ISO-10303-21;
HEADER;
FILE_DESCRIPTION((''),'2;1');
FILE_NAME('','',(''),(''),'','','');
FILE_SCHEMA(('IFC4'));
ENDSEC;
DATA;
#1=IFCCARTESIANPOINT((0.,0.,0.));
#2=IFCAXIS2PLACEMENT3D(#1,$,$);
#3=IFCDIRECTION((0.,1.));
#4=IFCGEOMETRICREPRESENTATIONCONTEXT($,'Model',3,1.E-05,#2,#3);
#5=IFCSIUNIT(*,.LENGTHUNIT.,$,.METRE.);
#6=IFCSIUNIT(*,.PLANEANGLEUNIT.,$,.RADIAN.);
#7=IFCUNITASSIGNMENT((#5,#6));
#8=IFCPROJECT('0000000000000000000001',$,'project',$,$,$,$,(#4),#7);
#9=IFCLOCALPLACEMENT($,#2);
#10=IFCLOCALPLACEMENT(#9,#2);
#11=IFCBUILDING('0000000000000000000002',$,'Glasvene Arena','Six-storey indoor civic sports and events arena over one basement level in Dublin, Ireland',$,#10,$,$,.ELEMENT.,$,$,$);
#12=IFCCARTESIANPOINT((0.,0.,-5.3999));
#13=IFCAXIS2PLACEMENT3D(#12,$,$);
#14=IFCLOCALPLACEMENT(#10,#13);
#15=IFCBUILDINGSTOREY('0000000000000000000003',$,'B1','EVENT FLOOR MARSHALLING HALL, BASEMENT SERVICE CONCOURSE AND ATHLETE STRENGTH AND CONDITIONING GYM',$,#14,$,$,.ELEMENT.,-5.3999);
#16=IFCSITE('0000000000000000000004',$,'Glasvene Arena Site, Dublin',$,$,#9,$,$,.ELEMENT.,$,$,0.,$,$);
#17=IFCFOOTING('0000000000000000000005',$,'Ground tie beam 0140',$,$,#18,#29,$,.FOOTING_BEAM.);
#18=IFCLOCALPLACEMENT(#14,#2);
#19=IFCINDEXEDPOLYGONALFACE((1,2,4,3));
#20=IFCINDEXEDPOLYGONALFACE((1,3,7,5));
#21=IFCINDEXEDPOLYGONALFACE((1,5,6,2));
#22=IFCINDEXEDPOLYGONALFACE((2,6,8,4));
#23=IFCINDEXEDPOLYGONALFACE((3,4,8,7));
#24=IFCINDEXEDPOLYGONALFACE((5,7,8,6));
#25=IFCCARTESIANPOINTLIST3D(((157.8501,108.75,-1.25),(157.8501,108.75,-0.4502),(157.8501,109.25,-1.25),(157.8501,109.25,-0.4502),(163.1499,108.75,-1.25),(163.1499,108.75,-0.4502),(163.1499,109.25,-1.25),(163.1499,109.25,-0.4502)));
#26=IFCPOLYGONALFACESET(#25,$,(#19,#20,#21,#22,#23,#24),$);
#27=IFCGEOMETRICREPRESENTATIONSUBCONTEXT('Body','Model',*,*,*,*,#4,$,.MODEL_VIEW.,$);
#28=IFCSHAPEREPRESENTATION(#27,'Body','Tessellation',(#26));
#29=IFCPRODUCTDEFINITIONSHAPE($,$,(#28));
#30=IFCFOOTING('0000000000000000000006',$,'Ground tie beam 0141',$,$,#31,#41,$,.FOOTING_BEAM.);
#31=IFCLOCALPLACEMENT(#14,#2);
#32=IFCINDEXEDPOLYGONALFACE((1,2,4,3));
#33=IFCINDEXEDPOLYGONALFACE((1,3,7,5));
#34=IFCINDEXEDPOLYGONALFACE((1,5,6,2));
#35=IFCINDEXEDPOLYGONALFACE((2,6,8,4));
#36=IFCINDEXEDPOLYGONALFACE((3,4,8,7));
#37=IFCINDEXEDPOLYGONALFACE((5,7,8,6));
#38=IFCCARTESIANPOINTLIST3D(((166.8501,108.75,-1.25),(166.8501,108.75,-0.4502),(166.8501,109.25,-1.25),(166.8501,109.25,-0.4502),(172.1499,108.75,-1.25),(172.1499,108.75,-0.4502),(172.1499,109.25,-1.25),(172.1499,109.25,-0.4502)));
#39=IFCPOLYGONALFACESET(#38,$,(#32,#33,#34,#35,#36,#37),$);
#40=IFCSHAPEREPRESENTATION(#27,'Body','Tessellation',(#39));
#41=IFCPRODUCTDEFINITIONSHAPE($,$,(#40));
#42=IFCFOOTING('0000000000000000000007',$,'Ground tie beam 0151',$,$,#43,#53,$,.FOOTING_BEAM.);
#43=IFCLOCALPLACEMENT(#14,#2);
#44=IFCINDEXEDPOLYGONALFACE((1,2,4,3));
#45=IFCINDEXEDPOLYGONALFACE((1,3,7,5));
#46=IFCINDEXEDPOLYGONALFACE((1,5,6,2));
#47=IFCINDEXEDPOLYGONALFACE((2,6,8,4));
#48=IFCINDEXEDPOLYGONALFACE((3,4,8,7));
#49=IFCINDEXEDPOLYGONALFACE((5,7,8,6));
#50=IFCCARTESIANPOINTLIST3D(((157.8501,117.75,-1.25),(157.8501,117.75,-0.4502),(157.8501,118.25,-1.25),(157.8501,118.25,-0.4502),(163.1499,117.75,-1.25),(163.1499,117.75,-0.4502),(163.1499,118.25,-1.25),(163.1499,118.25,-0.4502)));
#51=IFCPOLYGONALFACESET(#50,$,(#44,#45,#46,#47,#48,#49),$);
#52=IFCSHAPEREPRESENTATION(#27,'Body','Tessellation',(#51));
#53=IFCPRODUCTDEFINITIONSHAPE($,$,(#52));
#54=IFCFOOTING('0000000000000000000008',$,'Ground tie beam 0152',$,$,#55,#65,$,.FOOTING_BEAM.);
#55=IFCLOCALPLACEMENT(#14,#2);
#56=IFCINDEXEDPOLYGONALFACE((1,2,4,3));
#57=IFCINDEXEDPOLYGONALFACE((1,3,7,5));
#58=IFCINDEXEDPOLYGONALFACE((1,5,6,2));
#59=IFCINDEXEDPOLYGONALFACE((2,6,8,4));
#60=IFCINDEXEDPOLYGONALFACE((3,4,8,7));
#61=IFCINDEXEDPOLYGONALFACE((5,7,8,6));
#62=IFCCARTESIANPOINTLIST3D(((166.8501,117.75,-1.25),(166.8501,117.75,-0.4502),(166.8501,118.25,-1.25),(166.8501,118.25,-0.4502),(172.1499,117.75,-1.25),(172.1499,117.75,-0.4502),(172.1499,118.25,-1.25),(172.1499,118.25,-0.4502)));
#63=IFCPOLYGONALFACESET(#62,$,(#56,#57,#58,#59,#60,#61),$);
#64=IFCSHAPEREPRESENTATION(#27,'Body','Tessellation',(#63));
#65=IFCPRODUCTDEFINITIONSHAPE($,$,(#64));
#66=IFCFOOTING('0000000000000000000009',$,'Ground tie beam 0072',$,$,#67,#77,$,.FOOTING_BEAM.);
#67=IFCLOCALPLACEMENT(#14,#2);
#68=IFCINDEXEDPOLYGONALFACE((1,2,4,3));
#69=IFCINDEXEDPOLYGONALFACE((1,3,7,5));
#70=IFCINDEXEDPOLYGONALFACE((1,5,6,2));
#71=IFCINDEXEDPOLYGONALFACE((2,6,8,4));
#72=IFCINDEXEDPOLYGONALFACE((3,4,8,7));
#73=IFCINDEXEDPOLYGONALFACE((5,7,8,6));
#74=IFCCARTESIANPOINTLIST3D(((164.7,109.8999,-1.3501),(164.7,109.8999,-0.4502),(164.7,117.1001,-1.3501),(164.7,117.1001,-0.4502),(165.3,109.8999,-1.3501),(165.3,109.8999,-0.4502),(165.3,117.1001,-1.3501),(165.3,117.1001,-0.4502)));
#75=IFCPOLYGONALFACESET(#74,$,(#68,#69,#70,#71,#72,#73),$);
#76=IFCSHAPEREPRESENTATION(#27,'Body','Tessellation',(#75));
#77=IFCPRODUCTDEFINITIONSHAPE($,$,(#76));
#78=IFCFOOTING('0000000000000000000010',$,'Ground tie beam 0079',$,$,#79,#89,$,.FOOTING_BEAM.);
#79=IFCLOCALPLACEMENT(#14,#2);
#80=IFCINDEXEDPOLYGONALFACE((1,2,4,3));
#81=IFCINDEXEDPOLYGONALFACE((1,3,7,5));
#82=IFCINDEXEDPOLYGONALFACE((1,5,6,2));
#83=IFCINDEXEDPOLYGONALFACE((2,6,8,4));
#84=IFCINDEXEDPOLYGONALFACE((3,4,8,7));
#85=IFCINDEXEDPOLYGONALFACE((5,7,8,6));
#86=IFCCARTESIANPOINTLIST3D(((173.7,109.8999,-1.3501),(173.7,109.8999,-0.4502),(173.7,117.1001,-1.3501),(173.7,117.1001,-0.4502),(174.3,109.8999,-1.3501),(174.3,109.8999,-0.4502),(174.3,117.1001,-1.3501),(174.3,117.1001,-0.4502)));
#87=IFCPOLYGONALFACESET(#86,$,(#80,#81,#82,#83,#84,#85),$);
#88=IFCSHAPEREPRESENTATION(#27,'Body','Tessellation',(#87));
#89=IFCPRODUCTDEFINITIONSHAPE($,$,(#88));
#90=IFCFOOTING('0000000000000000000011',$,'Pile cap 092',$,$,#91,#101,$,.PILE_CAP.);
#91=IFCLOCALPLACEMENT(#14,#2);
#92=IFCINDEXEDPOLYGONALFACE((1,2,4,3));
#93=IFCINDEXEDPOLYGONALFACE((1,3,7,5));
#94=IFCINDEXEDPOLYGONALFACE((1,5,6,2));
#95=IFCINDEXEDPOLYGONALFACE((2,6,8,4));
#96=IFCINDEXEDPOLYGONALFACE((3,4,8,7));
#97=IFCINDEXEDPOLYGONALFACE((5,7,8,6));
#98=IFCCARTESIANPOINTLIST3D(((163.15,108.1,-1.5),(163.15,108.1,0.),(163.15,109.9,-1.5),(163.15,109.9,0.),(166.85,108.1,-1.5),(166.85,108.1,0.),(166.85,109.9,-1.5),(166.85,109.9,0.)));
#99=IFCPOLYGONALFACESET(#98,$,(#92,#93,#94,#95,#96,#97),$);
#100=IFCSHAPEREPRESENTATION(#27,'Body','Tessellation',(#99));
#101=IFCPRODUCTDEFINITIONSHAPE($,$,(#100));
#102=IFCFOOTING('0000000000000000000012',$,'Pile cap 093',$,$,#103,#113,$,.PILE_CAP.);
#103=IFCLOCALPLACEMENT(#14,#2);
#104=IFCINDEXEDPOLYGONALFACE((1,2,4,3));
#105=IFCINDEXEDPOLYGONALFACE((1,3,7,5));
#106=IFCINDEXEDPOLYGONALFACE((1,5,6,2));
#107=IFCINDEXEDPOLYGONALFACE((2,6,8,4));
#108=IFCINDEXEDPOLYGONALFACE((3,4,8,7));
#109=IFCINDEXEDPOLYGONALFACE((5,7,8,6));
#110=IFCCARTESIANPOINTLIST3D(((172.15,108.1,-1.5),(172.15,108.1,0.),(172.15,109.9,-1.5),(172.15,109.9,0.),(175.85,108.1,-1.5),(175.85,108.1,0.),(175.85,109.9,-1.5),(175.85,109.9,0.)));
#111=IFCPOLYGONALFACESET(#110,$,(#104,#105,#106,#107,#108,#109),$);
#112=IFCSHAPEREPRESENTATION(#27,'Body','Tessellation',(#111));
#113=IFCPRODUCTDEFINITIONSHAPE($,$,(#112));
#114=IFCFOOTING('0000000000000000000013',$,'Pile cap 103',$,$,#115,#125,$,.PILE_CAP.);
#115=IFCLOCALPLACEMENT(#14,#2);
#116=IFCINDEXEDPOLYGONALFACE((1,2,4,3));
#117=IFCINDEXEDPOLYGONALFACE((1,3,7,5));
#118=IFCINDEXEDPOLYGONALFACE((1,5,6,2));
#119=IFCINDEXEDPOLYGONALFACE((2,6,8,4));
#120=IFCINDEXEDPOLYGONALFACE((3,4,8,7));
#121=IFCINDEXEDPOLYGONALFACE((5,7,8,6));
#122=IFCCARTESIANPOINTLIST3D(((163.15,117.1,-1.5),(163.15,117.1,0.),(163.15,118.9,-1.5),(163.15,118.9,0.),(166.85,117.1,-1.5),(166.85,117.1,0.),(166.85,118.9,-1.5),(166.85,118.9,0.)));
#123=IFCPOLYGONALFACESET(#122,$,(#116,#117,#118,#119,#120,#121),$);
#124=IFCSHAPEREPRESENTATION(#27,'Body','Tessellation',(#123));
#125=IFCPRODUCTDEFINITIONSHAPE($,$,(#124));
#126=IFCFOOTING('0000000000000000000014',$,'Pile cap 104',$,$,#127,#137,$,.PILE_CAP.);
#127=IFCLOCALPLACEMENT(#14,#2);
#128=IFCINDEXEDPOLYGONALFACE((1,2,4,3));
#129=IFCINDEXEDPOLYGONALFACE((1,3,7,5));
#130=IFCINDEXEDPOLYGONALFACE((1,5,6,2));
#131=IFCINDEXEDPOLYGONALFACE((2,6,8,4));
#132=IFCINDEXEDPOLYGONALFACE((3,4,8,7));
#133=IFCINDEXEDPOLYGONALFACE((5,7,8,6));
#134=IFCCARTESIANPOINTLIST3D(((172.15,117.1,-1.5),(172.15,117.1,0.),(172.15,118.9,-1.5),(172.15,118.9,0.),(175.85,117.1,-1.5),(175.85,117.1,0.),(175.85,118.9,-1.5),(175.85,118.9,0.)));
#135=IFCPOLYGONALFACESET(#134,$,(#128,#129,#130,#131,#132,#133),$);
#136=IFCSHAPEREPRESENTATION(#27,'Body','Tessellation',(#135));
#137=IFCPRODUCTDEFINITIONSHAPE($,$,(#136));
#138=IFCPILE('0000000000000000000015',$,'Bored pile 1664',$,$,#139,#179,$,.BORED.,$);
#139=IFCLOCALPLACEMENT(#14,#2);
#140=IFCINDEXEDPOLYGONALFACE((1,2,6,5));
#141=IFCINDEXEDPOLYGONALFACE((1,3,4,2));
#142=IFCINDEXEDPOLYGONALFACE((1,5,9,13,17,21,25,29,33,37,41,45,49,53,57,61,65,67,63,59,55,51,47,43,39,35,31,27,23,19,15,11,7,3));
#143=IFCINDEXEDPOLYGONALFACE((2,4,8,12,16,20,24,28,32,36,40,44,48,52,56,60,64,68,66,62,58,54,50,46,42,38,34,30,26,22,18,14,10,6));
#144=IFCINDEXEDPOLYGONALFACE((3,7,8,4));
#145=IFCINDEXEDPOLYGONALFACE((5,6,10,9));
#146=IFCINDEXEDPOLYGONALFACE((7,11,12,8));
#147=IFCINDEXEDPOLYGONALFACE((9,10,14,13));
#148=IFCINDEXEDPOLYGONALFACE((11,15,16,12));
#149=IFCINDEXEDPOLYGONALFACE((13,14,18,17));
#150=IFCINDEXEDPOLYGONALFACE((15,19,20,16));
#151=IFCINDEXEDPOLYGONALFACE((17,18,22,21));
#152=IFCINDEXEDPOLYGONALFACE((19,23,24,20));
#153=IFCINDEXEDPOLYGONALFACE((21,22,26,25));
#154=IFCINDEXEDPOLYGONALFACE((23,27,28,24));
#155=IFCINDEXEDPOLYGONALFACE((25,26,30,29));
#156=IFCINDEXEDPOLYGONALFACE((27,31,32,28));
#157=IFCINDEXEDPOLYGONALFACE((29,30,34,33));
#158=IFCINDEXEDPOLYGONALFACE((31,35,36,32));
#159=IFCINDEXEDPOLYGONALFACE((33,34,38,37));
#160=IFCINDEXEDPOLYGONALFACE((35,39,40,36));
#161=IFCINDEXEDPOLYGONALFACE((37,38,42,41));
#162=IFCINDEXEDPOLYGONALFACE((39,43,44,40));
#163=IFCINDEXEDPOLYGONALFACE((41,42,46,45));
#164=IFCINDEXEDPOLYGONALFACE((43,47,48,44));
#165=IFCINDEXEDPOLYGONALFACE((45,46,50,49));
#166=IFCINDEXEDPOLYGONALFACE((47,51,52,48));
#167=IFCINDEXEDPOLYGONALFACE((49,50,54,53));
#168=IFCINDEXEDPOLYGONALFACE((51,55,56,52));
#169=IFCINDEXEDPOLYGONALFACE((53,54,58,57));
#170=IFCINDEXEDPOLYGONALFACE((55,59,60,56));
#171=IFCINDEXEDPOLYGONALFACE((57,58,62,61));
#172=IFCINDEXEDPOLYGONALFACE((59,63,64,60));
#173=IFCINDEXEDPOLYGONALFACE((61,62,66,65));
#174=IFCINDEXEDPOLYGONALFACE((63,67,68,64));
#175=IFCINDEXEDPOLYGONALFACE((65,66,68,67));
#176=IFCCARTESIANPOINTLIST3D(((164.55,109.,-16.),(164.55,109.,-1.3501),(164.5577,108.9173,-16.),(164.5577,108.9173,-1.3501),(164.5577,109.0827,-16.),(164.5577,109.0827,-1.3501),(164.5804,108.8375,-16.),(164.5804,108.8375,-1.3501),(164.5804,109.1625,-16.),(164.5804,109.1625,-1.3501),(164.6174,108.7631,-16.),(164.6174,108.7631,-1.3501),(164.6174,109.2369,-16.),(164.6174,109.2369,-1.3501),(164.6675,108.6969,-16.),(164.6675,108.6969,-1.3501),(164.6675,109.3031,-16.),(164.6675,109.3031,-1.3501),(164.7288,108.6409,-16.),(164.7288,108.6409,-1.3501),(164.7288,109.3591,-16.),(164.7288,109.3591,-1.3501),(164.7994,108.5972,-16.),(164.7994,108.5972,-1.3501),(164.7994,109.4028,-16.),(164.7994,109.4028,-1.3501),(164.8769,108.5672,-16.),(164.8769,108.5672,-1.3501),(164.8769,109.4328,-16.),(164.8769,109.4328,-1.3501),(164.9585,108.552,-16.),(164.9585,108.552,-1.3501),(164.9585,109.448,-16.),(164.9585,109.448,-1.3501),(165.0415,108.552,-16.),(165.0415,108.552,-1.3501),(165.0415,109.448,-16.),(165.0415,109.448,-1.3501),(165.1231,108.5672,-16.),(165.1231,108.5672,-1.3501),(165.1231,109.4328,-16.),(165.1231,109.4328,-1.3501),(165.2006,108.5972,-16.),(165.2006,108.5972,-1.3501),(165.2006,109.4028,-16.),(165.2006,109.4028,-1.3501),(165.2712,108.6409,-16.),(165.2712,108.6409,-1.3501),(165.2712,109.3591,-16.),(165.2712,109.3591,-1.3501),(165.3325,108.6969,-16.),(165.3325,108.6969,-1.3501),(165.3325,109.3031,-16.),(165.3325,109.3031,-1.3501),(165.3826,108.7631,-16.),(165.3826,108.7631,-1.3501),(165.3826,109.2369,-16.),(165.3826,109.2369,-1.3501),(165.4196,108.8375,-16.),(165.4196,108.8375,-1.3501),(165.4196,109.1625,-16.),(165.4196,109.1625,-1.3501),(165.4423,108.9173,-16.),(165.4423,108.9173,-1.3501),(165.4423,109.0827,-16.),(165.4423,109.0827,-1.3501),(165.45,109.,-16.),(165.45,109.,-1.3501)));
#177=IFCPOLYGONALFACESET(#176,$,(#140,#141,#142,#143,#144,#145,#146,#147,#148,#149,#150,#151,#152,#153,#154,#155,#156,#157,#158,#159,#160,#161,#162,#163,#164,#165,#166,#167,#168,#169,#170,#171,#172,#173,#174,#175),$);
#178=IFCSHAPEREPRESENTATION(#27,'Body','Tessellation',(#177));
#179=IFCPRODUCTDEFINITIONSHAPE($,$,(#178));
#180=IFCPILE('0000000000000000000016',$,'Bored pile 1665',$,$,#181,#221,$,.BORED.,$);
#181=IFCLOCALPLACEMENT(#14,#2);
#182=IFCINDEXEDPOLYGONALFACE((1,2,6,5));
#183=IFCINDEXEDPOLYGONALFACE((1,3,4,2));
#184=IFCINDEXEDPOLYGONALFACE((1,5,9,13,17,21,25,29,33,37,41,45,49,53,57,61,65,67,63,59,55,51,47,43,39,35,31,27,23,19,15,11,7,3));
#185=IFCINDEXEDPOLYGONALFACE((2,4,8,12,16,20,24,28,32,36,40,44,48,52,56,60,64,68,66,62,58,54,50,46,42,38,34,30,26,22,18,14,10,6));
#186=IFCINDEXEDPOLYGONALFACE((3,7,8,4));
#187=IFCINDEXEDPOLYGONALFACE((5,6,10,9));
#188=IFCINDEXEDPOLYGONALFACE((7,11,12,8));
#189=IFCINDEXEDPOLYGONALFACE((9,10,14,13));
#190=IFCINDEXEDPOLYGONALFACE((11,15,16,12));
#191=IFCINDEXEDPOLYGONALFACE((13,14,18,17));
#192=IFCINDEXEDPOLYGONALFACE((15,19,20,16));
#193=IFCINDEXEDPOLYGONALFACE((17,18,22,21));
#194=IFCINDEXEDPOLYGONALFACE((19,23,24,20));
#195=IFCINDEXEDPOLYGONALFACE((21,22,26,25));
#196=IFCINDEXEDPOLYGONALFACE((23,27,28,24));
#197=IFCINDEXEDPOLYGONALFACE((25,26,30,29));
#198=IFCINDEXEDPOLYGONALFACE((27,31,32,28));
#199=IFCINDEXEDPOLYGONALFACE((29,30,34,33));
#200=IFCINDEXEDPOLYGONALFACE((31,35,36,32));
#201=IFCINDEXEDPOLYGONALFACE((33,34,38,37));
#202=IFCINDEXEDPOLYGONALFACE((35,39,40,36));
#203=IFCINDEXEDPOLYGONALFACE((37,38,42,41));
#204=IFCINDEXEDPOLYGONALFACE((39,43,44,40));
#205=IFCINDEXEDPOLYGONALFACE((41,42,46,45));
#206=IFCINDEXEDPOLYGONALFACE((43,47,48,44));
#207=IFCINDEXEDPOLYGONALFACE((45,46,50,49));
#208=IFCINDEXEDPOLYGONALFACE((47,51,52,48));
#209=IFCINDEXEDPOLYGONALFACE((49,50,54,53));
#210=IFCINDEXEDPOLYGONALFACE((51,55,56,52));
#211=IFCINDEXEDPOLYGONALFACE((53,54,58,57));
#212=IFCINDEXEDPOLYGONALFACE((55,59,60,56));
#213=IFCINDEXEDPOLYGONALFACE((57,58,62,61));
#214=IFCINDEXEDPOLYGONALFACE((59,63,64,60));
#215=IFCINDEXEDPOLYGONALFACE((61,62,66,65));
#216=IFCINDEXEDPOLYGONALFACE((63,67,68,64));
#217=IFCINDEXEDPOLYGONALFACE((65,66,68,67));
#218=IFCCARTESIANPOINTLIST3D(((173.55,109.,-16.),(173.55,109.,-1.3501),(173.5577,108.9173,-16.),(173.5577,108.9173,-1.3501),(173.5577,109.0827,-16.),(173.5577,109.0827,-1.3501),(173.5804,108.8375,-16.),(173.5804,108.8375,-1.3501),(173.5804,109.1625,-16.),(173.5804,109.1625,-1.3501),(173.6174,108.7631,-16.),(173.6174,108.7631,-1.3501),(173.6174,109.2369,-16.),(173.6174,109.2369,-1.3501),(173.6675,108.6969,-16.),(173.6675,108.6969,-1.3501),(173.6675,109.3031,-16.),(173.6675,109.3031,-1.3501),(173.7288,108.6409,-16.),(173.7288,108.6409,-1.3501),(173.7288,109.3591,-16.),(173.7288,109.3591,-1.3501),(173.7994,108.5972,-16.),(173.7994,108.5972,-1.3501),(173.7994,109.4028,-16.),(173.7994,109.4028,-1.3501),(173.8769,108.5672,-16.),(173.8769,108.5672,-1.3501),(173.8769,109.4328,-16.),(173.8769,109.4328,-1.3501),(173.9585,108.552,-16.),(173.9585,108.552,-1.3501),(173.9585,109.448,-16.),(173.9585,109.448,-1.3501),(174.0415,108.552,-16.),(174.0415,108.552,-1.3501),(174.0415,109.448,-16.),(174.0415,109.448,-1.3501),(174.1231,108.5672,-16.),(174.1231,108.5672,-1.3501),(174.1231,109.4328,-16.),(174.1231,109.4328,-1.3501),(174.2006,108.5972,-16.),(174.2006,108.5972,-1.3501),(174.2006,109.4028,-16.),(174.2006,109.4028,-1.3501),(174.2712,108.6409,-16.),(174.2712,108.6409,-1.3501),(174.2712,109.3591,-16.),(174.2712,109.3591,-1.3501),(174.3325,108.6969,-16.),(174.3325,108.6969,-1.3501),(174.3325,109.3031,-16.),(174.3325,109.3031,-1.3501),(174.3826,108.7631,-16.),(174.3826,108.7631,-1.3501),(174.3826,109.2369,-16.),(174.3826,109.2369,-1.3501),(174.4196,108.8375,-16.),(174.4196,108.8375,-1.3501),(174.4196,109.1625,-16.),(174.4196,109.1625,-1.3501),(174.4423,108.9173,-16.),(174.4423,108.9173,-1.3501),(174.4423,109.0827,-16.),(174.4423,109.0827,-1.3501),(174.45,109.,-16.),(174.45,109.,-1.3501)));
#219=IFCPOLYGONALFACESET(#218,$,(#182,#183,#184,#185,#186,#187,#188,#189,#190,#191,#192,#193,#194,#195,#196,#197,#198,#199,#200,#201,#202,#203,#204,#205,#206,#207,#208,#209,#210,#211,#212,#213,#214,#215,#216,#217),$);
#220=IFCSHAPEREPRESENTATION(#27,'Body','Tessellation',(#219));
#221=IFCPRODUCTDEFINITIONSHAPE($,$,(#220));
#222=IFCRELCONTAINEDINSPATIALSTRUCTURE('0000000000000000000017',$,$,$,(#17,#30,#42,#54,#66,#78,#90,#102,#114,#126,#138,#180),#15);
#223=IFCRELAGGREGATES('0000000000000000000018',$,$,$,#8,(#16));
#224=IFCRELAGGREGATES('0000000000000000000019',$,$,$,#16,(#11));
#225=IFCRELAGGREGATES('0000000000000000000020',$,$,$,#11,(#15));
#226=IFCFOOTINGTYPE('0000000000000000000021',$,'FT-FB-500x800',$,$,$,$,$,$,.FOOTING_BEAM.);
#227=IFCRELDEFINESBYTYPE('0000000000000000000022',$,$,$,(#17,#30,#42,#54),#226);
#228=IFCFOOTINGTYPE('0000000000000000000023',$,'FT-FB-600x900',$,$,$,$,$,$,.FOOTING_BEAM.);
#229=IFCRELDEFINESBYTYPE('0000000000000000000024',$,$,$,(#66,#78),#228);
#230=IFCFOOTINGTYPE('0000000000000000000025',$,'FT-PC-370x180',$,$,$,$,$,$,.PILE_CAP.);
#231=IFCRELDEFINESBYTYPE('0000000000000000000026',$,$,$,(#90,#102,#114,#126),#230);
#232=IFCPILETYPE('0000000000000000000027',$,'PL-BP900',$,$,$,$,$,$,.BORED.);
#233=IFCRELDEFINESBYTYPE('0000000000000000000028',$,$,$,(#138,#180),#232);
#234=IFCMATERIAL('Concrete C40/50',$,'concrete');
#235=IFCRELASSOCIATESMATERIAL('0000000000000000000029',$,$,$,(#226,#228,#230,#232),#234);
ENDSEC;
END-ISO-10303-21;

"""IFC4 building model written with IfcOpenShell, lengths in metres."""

from ifc_helpers import new_model, si_unit, direction, frame, origin, origin_2d, place, context, subcontext, project, spatial, polyline, rectangle, circle, outline, extrude, material, material_profile, profile_set, type_object, element, save


model = new_model("IFC4")

# Units and contexts
model_context = context("Model", 3, precision=1e-05, world=origin(), true_north=direction((0.0, 1.0)))
body_context = subcontext(model_context, "Body", "Model", "MODEL_VIEW")
ifc_project = project(units=[si_unit("LENGTHUNIT", "METRE"), si_unit("PLANEANGLEUNIT", "RADIAN")], contexts=[model_context])

# Site, building, storey
site_placement = place(None, origin())
site = spatial("IfcSite", under=ifc_project, at=site_placement, Name="Glasvene Arena Site, Dublin", CompositionType="ELEMENT", RefElevation=0.0)
building_placement = place(site_placement, origin())
building = spatial("IfcBuilding", under=site, at=building_placement, Name="Glasvene Arena", Description="Six-storey indoor civic sports and events arena over one basement level in Dublin, Ireland", CompositionType="ELEMENT")
storey_placement = place(building_placement, frame((0.0, 0.0, -5.3999)))
storey = spatial("IfcBuildingStorey", under=building, at=storey_placement, Name="B1", Description="EVENT FLOOR MARSHALLING HALL, BASEMENT SERVICE CONCOURSE AND ATHLETE STRENGTH AND CONDITIONING GYM", CompositionType="ELEMENT", Elevation=-5.3999)

# Footings
ifc_material_1 = material(Name="Concrete C40/50", Category="concrete")
footing_type_1 = type_object("IfcFootingType", Name="FT-FB-500x800", PredefinedType="FOOTING_BEAM", material=ifc_material_1)
for number, where, name in (
    (1, (160.5, 109.0, -1.25), "Ground tie beam 0140"),
    (2, (169.5, 109.0, -1.25), "Ground tie beam 0141"),
    (3, (160.5, 118.0, -1.25), "Ground tie beam 0151"),
    (4, (169.5, 118.0, -1.25), "Ground tie beam 0152"),
):
    element("IfcFooting", number, at=place(storey_placement, frame(where)), inside=storey, type_object=footing_type_1, Name=name, PredefinedType="FOOTING_BEAM", context=body_context, shape_type="SweptSolid", body=[
        extrude(outline(polyline([(-2.6499, -0.25), (2.6499, -0.25), (2.6499, 0.25), (-2.6499, 0.25), (-2.6499, -0.25)])), origin(), (0.0, 0.0, 1.0), 0.7998),
    ])
footing_type_2 = type_object("IfcFootingType", Name="FT-FB-600x900", PredefinedType="FOOTING_BEAM", material=ifc_material_1)
for number, where, name in (
    (5, (165.0, 113.5, -1.3501), "Ground tie beam 0072"),
    (6, (174.0, 113.5, -1.3501), "Ground tie beam 0079"),
):
    element("IfcFooting", number, at=place(storey_placement, frame(where)), inside=storey, type_object=footing_type_2, Name=name, PredefinedType="FOOTING_BEAM", context=body_context, shape_type="SweptSolid", body=[
        extrude(outline(polyline([(-0.3, -3.6001), (0.3, -3.6001), (0.3, 3.6001), (-0.3, 3.6001), (-0.3, -3.6001)])), origin(), (0.0, 0.0, 1.0), 0.8999),
    ])
footing_type_3 = type_object("IfcFootingType", Name="FT-PC-370x180", PredefinedType="PILE_CAP", material=ifc_material_1)
for number, where, z_axis, x_axis, name in (
    (7, (165.0, 109.0, -1.5), (0.0, 0.0, 1.0), (1.0, 0.0, 0.0), "Pile cap 092"),
    (8, (174.0, 109.0, -1.5), (0.0, 0.0, 1.0), (1.0, 0.0, 0.0), "Pile cap 093"),
    (9, (165.0, 118.0, -1.5), (0.0, 0.0, 1.0), (1.0, 0.0, 0.0), "Pile cap 103"),
    (10, (174.0, 118.0, -1.5), (0.0, 0.0, 1.0), (1.0, 0.0, 0.0), "Pile cap 104"),
):
    element("IfcFooting", number, at=place(storey_placement, frame(where, z_axis=z_axis, x_axis=x_axis)), inside=storey, type_object=footing_type_3, Name=name, PredefinedType="PILE_CAP", context=body_context, shape_type="SweptSolid", body=[
        extrude(rectangle(XDim=3.7, YDim=1.8, at=origin_2d()), origin(), (0.0, 0.0, 1.0), 1.5),
    ])

# Piles
ifc_material_profile_1 = material_profile(ifc_material_1, circle(Radius=0.45, at=origin_2d()), Name="BORED PILE 900")
ifc_profile_set_1 = profile_set([ifc_material_profile_1], Name="Concrete C40/50")
pile_type = type_object("IfcPileType", Name="PL-BP900", PredefinedType="BORED", material=ifc_profile_set_1)
for number, where, z_axis, x_axis, name in (
    (11, (165.0, 109.0, -1.3501), (0.0, 0.0, -1.0), (1.0, 0.0, 0.0), "Bored pile 1664"),
    (12, (174.0, 109.0, -1.3501), (0.0, 0.0, -1.0), (1.0, 0.0, 0.0), "Bored pile 1665"),
):
    element("IfcPile", number, at=place(storey_placement, frame(where, z_axis=z_axis, x_axis=x_axis)), inside=storey, type_object=pile_type, Name=name, PredefinedType="BORED", context=body_context, shape_type="SweptSolid", body=[
        extrude(circle(Radius=0.45, at=origin_2d()), origin(), (0.0, 0.0, 1.0), 14.6499),
    ])

save(model, "model.ifc")
